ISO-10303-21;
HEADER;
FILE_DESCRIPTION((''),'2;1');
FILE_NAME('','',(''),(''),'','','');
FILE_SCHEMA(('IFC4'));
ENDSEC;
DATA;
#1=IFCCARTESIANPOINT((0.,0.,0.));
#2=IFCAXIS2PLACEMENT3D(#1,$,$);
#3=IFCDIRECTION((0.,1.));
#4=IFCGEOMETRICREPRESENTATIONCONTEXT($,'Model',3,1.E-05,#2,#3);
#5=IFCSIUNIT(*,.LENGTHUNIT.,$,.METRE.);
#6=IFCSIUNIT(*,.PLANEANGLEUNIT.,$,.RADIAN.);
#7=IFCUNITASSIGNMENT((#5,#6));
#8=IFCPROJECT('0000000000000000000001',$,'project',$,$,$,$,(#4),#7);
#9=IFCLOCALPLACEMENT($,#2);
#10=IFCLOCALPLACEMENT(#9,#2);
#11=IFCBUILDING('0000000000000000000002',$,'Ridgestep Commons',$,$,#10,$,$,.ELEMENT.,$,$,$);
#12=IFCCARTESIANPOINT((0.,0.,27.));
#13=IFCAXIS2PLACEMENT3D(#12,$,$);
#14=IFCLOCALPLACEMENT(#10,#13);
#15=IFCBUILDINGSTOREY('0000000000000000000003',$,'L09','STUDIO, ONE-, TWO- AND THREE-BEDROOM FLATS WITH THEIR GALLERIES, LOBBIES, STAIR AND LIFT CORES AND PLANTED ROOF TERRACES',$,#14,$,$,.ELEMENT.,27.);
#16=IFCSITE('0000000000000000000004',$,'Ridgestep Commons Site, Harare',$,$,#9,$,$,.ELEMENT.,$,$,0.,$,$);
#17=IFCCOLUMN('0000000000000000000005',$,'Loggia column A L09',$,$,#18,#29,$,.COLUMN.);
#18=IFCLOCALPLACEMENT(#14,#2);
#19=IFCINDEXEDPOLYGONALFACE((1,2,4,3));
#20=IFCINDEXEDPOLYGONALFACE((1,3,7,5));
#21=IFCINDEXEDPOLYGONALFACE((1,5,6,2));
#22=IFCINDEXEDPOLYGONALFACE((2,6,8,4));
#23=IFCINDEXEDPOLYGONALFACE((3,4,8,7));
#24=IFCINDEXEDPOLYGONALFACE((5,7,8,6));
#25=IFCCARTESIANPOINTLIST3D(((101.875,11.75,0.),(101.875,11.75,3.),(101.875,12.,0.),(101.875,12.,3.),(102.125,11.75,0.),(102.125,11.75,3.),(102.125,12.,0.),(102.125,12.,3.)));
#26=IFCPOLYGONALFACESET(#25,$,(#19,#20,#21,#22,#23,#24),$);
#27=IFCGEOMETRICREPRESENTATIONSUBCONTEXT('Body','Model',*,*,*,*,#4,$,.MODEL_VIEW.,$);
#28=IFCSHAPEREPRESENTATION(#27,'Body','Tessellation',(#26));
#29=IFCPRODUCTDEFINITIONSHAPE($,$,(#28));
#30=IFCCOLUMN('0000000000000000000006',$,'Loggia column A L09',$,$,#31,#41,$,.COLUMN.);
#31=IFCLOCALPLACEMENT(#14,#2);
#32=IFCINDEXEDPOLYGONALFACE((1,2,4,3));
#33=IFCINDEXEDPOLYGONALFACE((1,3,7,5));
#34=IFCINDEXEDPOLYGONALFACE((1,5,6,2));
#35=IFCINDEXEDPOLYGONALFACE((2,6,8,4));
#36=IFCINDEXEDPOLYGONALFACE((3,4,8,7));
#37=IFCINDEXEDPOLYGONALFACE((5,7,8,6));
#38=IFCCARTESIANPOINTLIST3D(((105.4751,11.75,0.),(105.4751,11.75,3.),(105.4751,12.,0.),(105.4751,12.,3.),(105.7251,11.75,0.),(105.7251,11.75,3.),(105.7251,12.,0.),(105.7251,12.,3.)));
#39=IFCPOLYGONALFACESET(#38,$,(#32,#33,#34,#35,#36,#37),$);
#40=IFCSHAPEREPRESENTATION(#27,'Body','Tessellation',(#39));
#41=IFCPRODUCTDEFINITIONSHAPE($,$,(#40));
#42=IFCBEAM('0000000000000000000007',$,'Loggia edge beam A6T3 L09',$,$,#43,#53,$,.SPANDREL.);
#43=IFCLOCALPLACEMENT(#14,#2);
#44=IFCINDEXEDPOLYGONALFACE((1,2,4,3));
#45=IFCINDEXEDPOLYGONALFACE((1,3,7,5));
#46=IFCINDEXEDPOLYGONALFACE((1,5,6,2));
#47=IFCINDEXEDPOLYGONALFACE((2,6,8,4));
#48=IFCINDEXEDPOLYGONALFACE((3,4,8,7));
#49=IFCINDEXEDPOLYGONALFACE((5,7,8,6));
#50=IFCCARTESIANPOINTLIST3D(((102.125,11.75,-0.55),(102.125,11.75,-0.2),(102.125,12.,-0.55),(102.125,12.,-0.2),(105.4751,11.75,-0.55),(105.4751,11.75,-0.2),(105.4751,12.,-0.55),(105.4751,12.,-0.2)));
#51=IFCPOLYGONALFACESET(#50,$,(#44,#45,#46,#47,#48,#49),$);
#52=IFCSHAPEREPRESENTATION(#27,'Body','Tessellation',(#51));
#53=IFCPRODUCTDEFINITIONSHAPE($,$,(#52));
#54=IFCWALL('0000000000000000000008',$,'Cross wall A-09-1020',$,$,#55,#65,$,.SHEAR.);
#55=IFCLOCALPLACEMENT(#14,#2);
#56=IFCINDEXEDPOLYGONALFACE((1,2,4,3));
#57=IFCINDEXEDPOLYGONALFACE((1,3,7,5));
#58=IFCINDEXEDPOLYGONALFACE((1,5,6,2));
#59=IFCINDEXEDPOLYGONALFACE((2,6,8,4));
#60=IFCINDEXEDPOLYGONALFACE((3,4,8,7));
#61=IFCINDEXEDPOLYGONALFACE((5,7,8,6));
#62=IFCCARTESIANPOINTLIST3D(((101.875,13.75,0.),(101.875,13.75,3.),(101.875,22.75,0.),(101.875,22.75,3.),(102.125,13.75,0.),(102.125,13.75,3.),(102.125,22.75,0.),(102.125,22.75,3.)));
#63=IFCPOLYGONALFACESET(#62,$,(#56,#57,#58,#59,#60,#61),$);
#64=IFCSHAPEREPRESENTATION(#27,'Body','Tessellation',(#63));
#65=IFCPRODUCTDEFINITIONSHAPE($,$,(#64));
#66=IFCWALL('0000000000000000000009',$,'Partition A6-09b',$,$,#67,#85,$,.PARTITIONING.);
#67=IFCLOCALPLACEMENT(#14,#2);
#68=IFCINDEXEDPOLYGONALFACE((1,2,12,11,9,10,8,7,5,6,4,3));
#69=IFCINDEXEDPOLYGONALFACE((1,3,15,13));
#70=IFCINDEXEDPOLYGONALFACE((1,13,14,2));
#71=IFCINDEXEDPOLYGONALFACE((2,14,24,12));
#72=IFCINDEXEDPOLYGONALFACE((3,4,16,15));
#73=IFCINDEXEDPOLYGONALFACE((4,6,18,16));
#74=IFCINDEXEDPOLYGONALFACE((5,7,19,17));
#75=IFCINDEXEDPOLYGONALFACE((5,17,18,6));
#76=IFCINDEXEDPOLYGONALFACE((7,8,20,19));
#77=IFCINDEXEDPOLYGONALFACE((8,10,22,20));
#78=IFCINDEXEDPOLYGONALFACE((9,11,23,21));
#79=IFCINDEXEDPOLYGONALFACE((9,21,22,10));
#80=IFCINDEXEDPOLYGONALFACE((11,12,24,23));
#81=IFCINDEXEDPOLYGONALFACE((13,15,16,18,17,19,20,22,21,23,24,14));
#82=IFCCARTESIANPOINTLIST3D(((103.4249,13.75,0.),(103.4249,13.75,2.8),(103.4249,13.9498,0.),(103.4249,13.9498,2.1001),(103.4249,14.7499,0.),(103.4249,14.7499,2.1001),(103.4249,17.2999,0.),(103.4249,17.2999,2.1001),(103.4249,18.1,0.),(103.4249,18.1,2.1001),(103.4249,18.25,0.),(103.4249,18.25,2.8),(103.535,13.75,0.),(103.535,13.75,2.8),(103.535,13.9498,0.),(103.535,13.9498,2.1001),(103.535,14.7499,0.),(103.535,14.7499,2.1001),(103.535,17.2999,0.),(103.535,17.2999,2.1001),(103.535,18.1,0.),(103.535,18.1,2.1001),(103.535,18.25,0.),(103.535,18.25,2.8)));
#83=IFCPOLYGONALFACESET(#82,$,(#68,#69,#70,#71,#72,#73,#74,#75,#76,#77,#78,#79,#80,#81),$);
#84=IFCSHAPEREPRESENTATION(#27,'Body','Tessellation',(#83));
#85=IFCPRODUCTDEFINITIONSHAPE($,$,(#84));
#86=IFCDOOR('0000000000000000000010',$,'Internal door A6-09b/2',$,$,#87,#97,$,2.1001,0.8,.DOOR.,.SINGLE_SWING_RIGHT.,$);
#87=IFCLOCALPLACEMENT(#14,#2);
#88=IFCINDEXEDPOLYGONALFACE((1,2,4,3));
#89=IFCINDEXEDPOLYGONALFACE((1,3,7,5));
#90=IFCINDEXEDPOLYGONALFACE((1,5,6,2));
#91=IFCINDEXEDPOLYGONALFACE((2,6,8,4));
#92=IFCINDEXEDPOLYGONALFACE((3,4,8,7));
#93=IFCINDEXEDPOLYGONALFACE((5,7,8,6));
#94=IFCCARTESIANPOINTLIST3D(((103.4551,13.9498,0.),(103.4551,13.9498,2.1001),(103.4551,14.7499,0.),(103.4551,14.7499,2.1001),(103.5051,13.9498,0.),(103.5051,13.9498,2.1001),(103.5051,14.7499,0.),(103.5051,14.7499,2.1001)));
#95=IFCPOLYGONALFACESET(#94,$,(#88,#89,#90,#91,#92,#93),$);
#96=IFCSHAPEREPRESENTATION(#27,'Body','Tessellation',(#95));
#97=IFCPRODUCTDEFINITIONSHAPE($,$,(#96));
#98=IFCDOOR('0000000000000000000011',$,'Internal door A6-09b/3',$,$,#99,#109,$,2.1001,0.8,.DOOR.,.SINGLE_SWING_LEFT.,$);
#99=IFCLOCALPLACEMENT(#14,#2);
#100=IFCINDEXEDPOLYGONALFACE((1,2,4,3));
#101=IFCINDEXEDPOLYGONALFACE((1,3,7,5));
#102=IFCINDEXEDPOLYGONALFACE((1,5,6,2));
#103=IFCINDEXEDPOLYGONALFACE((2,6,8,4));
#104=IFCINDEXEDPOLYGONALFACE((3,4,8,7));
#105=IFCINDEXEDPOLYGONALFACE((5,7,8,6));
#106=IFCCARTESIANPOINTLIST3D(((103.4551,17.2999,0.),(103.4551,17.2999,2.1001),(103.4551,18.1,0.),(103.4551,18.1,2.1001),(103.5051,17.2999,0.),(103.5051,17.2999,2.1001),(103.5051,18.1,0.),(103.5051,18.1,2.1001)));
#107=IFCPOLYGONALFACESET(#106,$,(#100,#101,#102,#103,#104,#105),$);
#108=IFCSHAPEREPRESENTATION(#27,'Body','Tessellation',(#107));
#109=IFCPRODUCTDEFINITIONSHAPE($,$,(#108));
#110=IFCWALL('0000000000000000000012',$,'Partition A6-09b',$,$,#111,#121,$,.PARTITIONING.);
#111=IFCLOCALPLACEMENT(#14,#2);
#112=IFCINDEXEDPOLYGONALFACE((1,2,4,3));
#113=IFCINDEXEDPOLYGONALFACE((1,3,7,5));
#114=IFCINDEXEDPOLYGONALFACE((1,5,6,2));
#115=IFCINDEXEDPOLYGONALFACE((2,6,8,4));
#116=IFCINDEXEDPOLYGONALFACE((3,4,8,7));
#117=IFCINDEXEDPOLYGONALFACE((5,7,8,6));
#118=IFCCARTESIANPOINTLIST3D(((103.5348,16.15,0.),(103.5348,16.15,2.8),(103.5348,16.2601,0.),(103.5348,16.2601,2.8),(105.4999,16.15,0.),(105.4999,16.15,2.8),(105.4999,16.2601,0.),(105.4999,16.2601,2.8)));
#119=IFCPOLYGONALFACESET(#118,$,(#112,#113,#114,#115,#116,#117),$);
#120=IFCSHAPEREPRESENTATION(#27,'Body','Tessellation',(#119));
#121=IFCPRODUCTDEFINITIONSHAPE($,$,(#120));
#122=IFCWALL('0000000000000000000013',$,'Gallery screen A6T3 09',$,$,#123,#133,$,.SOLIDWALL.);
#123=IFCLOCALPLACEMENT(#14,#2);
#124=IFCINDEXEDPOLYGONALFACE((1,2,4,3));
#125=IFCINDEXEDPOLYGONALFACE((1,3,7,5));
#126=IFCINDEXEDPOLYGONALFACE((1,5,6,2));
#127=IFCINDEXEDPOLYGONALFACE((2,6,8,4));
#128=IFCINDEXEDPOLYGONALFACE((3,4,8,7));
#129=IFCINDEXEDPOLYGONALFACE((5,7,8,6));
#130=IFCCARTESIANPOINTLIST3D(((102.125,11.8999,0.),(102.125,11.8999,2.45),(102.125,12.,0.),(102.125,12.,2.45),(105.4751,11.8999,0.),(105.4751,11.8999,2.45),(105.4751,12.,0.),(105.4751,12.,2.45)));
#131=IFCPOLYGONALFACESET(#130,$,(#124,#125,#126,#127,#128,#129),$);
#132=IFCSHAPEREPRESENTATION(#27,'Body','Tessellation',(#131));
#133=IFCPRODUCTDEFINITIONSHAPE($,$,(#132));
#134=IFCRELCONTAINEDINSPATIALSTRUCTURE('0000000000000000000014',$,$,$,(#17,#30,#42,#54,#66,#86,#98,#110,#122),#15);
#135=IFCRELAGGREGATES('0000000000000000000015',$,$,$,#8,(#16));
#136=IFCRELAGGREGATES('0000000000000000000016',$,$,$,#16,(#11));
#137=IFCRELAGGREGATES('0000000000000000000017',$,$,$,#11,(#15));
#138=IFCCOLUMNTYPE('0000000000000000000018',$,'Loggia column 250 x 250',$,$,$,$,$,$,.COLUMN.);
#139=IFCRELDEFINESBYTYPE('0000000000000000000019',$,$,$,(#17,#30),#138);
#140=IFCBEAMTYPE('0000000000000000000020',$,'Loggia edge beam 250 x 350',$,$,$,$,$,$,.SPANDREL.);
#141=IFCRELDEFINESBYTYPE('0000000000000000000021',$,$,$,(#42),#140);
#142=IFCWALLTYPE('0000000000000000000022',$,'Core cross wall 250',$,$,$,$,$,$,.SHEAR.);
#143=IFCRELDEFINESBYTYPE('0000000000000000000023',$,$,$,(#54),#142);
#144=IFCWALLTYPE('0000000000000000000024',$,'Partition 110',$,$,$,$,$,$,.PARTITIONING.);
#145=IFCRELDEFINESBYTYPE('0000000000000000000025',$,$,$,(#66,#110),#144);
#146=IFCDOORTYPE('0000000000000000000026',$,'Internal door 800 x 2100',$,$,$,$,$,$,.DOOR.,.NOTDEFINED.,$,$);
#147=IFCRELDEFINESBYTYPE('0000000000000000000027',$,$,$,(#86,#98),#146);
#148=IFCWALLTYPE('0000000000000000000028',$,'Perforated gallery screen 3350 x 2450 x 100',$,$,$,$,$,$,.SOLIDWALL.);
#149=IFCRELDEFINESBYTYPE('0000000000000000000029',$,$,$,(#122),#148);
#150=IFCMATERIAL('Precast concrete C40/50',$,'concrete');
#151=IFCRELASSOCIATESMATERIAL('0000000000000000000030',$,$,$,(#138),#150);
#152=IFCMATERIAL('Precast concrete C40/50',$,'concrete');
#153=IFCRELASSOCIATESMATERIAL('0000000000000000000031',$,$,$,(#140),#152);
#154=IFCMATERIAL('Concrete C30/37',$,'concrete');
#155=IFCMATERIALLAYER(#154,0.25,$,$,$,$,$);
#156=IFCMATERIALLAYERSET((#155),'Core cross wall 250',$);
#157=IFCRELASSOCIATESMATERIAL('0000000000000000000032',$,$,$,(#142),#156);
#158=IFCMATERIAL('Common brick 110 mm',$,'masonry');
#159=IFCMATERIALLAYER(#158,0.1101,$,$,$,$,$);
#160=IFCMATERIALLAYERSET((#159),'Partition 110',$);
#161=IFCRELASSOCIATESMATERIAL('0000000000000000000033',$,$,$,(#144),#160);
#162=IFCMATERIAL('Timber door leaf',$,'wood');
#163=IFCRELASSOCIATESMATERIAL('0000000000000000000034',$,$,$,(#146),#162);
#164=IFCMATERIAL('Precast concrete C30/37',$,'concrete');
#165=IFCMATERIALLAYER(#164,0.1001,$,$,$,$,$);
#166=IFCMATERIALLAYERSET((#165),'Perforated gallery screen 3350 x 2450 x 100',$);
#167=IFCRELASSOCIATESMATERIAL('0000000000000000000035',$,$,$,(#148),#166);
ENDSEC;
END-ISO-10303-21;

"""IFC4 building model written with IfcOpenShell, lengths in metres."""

from ifc_helpers import new_model, si_unit, direction, frame, frame_2d, origin, origin_2d, place, context, subcontext, project, spatial, rectangle, extrude, material, layer, layer_set, material_profile, profile_set, type_object, element, fill, save


model = new_model("IFC4")

# Units and contexts
model_context = context("Model", 3, precision=1e-05, world=origin(), true_north=direction((0.0, 1.0)))
body_context = subcontext(model_context, "Body", "Model", "MODEL_VIEW")
ifc_project = project(units=[si_unit("LENGTHUNIT", "METRE"), si_unit("PLANEANGLEUNIT", "RADIAN")], contexts=[model_context])

# Site, building, storey
site_placement = place(None, origin())
site = spatial("IfcSite", under=ifc_project, at=site_placement, Name="Ridgestep Commons Site, Harare", CompositionType="ELEMENT", RefElevation=0.0)
building_placement = place(site_placement, origin())
building = spatial("IfcBuilding", under=site, at=building_placement, Name="Ridgestep Commons", CompositionType="ELEMENT")
storey_placement = place(building_placement, frame((0.0, 0.0, 27.0)))
storey = spatial("IfcBuildingStorey", under=building, at=storey_placement, Name="L09", Description="STUDIO, ONE-, TWO- AND THREE-BEDROOM FLATS WITH THEIR GALLERIES, LOBBIES, STAIR AND LIFT CORES AND PLANTED ROOF TERRACES", CompositionType="ELEMENT", Elevation=27.0)

# Columns
ifc_material_1 = material(Name="Precast concrete C40/50", Category="concrete")
ifc_material_profile_1 = material_profile(ifc_material_1, rectangle(XDim=0.25, YDim=0.25, at=origin_2d()), Name="PC 250x250")
ifc_profile_set_1 = profile_set([ifc_material_profile_1], Name="Precast concrete C40/50")
column_type = type_object("IfcColumnType", Name="Loggia column 250 x 250", PredefinedType="COLUMN", material=ifc_profile_set_1)
for number, where, z_axis, x_axis, name in (
    (1, (102.0, 11.875, 0.0), (0.0, 0.0, 1.0), (1.0, 0.0, 0.0), "Loggia column A L09"),
    (2, (105.6001, 11.875, 0.0), (0.0, 0.0, 1.0), (1.0, 0.0, 0.0), "Loggia column A L09"),
):
    element("IfcColumn", number, at=place(storey_placement, frame(where, z_axis=z_axis, x_axis=x_axis)), inside=storey, type_object=column_type, Name=name, PredefinedType="COLUMN", context=body_context, shape_type="SweptSolid", body=[
        extrude(rectangle(XDim=0.25, YDim=0.25, at=origin_2d()), origin(), (0.0, 0.0, 1.0), 3.0),
    ])

# Beam
ifc_material_2 = material(Name="Precast concrete C40/50", Category="concrete")
ifc_material_profile_2 = material_profile(ifc_material_2, rectangle(XDim=0.25, YDim=0.3501, at=origin_2d()), Name="PC 250x350")
ifc_profile_set_2 = profile_set([ifc_material_profile_2], Name="Precast concrete C40/50")
beam_type = type_object("IfcBeamType", Name="Loggia edge beam 250 x 350", PredefinedType="SPANDREL", material=ifc_profile_set_2)
beam_placement = place(storey_placement, frame((102.125, 11.875, -0.375), z_axis=(1.0, 0.0, 0.0), x_axis=(0.0, 1.0, 0.0)))
element("IfcBeam", 3, at=beam_placement, inside=storey, type_object=beam_type, Name="Loggia edge beam A6T3 L09", PredefinedType="SPANDREL", context=body_context, shape_type="SweptSolid", body=[
    extrude(rectangle(XDim=0.25, YDim=0.3501, at=origin_2d()), origin(), (0.0, 0.0, 1.0), 3.3501),
])

# Wall
ifc_material_3 = material(Name="Concrete C30/37", Category="concrete")
ifc_layer_1 = layer(ifc_material_3, 0.25)
ifc_layer_set_1 = layer_set([ifc_layer_1], Name="Core cross wall 250")
wall_type_1 = type_object("IfcWallType", Name="Core cross wall 250", PredefinedType="SHEAR", material=ifc_layer_set_1)
wall_1_placement = place(storey_placement, frame((102.0, 13.75, 0.0), z_axis=(0.0, 0.0, 1.0), x_axis=(0.0, 1.0, 0.0)))
element("IfcWall", 4, at=wall_1_placement, inside=storey, type_object=wall_type_1, Name="Cross wall A-09-1020", PredefinedType="SHEAR", context=body_context, shape_type="SweptSolid", body=[
    extrude(rectangle(XDim=9.0, YDim=0.25, at=frame_2d((4.5, 0.0))), origin(), (0.0, 0.0, 1.0), 3.0),
])

# Wall, openings, doors
ifc_material_4 = material(Name="Common brick 110 mm", Category="masonry")
ifc_layer_2 = layer(ifc_material_4, 0.1101)
ifc_layer_set_2 = layer_set([ifc_layer_2], Name="Partition 110")
wall_type_2 = type_object("IfcWallType", Name="Partition 110", PredefinedType="PARTITIONING", material=ifc_layer_set_2)
wall_2_placement = place(storey_placement, frame((103.48, 13.75, 0.0), z_axis=(0.0, 0.0, 1.0), x_axis=(0.0, 1.0, 0.0)))
wall_2 = element("IfcWall", 5, at=wall_2_placement, inside=storey, type_object=wall_type_2, Name="Partition A6-09b", PredefinedType="PARTITIONING", context=body_context, shape_type="SweptSolid", body=[
    extrude(rectangle(XDim=4.5, YDim=0.1101, at=frame_2d((2.25, 0.0))), origin(), (0.0, 0.0, 1.0), 2.8),
])
opening_1_placement = place(wall_2_placement, frame((0.2, 0.0, 0.0)))
opening_1 = element("IfcOpeningElement", 6, at=opening_1_placement, cuts=wall_2, PredefinedType="OPENING", context=body_context, shape_type="SweptSolid", body=[
    extrude(rectangle(XDim=0.8, YDim=2.1001, at=frame_2d((0.3999, 1.05))), frame((0.0, 0.0649, 0.0), z_axis=(0.0, -1.0, 0.0), x_axis=(1.0, 0.0, 0.0)), (0.0, 0.0, 1.0), 0.1301),
])
opening_2_placement = place(wall_2_placement, frame((3.55, 0.0, 0.0)))
opening_2 = element("IfcOpeningElement", 7, at=opening_2_placement, cuts=wall_2, PredefinedType="OPENING", context=body_context, shape_type="SweptSolid", body=[
    extrude(rectangle(XDim=0.8, YDim=2.1001, at=frame_2d((0.3999, 1.05))), frame((0.0, 0.0649, 0.0), z_axis=(0.0, -1.0, 0.0), x_axis=(1.0, 0.0, 0.0)), (0.0, 0.0, 1.0), 0.1301),
])
ifc_material_5 = material(Name="Timber door leaf", Category="wood")
door_type_1 = type_object("IfcDoorType", Name="Internal door 800 x 2100", OperationType="NOTDEFINED", PredefinedType="DOOR", material=ifc_material_5)
door_1_placement = place(opening_1_placement, origin())
door_1 = element("IfcDoor", 8, at=door_1_placement, inside=storey, type_object=door_type_1, Name="Internal door A6-09b/2", OperationType="SINGLE_SWING_RIGHT", OverallHeight=2.1001, OverallWidth=0.8, PredefinedType="DOOR", context=body_context, shape_type="SweptSolid", body=[
    extrude(rectangle(XDim=0.8, YDim=2.1001, at=frame_2d((0.3999, 1.05))), frame((0.0, 0.0249, 0.0), z_axis=(0.0, -1.0, 0.0), x_axis=(1.0, 0.0, 0.0)), (0.0, 0.0, 1.0), 0.05),
])
fill(opening_1, door_1)
door_2_placement = place(opening_2_placement, origin())
door_2 = element("IfcDoor", 9, at=door_2_placement, inside=storey, type_object=door_type_1, Name="Internal door A6-09b/3", OperationType="SINGLE_SWING_LEFT", OverallHeight=2.1001, OverallWidth=0.8, PredefinedType="DOOR", context=body_context, shape_type="SweptSolid", body=[
    extrude(rectangle(XDim=0.8, YDim=2.1001, at=frame_2d((0.3999, 1.05))), frame((0.0, 0.0249, 0.0), z_axis=(0.0, -1.0, 0.0), x_axis=(1.0, 0.0, 0.0)), (0.0, 0.0, 1.0), 0.05),
])
fill(opening_2, door_2)

# Walls
wall_3_placement = place(storey_placement, frame((103.5349, 16.2051, 0.0), z_axis=(0.0, 0.0, 1.0), x_axis=(1.0, 0.0, 0.0)))
element("IfcWall", 10, at=wall_3_placement, inside=storey, type_object=wall_type_2, Name="Partition A6-09b", PredefinedType="PARTITIONING", context=body_context, shape_type="SweptSolid", body=[
    extrude(rectangle(XDim=1.9651, YDim=0.1101, at=frame_2d((0.9824, 0.0))), origin(), (0.0, 0.0, 1.0), 2.8),
])
ifc_material_6 = material(Name="Precast concrete C30/37", Category="concrete")
ifc_layer_3 = layer(ifc_material_6, 0.1001)
ifc_layer_set_3 = layer_set([ifc_layer_3], Name="Perforated gallery screen 3350 x 2450 x 100")
wall_type_3 = type_object("IfcWallType", Name="Perforated gallery screen 3350 x 2450 x 100", PredefinedType="SOLIDWALL", material=ifc_layer_set_3)
wall_4_placement = place(storey_placement, frame((102.125, 11.95, 0.0), z_axis=(0.0, 0.0, 1.0), x_axis=(1.0, 0.0, 0.0)))
element("IfcWall", 11, at=wall_4_placement, inside=storey, type_object=wall_type_3, Name="Gallery screen A6T3 09", PredefinedType="SOLIDWALL", context=body_context, shape_type="SweptSolid", body=[
    extrude(rectangle(XDim=3.3501, YDim=0.1001, at=frame_2d((1.675, 0.0))), origin(), (0.0, 0.0, 1.0), 2.45),
])

save(model, "model.ifc")
